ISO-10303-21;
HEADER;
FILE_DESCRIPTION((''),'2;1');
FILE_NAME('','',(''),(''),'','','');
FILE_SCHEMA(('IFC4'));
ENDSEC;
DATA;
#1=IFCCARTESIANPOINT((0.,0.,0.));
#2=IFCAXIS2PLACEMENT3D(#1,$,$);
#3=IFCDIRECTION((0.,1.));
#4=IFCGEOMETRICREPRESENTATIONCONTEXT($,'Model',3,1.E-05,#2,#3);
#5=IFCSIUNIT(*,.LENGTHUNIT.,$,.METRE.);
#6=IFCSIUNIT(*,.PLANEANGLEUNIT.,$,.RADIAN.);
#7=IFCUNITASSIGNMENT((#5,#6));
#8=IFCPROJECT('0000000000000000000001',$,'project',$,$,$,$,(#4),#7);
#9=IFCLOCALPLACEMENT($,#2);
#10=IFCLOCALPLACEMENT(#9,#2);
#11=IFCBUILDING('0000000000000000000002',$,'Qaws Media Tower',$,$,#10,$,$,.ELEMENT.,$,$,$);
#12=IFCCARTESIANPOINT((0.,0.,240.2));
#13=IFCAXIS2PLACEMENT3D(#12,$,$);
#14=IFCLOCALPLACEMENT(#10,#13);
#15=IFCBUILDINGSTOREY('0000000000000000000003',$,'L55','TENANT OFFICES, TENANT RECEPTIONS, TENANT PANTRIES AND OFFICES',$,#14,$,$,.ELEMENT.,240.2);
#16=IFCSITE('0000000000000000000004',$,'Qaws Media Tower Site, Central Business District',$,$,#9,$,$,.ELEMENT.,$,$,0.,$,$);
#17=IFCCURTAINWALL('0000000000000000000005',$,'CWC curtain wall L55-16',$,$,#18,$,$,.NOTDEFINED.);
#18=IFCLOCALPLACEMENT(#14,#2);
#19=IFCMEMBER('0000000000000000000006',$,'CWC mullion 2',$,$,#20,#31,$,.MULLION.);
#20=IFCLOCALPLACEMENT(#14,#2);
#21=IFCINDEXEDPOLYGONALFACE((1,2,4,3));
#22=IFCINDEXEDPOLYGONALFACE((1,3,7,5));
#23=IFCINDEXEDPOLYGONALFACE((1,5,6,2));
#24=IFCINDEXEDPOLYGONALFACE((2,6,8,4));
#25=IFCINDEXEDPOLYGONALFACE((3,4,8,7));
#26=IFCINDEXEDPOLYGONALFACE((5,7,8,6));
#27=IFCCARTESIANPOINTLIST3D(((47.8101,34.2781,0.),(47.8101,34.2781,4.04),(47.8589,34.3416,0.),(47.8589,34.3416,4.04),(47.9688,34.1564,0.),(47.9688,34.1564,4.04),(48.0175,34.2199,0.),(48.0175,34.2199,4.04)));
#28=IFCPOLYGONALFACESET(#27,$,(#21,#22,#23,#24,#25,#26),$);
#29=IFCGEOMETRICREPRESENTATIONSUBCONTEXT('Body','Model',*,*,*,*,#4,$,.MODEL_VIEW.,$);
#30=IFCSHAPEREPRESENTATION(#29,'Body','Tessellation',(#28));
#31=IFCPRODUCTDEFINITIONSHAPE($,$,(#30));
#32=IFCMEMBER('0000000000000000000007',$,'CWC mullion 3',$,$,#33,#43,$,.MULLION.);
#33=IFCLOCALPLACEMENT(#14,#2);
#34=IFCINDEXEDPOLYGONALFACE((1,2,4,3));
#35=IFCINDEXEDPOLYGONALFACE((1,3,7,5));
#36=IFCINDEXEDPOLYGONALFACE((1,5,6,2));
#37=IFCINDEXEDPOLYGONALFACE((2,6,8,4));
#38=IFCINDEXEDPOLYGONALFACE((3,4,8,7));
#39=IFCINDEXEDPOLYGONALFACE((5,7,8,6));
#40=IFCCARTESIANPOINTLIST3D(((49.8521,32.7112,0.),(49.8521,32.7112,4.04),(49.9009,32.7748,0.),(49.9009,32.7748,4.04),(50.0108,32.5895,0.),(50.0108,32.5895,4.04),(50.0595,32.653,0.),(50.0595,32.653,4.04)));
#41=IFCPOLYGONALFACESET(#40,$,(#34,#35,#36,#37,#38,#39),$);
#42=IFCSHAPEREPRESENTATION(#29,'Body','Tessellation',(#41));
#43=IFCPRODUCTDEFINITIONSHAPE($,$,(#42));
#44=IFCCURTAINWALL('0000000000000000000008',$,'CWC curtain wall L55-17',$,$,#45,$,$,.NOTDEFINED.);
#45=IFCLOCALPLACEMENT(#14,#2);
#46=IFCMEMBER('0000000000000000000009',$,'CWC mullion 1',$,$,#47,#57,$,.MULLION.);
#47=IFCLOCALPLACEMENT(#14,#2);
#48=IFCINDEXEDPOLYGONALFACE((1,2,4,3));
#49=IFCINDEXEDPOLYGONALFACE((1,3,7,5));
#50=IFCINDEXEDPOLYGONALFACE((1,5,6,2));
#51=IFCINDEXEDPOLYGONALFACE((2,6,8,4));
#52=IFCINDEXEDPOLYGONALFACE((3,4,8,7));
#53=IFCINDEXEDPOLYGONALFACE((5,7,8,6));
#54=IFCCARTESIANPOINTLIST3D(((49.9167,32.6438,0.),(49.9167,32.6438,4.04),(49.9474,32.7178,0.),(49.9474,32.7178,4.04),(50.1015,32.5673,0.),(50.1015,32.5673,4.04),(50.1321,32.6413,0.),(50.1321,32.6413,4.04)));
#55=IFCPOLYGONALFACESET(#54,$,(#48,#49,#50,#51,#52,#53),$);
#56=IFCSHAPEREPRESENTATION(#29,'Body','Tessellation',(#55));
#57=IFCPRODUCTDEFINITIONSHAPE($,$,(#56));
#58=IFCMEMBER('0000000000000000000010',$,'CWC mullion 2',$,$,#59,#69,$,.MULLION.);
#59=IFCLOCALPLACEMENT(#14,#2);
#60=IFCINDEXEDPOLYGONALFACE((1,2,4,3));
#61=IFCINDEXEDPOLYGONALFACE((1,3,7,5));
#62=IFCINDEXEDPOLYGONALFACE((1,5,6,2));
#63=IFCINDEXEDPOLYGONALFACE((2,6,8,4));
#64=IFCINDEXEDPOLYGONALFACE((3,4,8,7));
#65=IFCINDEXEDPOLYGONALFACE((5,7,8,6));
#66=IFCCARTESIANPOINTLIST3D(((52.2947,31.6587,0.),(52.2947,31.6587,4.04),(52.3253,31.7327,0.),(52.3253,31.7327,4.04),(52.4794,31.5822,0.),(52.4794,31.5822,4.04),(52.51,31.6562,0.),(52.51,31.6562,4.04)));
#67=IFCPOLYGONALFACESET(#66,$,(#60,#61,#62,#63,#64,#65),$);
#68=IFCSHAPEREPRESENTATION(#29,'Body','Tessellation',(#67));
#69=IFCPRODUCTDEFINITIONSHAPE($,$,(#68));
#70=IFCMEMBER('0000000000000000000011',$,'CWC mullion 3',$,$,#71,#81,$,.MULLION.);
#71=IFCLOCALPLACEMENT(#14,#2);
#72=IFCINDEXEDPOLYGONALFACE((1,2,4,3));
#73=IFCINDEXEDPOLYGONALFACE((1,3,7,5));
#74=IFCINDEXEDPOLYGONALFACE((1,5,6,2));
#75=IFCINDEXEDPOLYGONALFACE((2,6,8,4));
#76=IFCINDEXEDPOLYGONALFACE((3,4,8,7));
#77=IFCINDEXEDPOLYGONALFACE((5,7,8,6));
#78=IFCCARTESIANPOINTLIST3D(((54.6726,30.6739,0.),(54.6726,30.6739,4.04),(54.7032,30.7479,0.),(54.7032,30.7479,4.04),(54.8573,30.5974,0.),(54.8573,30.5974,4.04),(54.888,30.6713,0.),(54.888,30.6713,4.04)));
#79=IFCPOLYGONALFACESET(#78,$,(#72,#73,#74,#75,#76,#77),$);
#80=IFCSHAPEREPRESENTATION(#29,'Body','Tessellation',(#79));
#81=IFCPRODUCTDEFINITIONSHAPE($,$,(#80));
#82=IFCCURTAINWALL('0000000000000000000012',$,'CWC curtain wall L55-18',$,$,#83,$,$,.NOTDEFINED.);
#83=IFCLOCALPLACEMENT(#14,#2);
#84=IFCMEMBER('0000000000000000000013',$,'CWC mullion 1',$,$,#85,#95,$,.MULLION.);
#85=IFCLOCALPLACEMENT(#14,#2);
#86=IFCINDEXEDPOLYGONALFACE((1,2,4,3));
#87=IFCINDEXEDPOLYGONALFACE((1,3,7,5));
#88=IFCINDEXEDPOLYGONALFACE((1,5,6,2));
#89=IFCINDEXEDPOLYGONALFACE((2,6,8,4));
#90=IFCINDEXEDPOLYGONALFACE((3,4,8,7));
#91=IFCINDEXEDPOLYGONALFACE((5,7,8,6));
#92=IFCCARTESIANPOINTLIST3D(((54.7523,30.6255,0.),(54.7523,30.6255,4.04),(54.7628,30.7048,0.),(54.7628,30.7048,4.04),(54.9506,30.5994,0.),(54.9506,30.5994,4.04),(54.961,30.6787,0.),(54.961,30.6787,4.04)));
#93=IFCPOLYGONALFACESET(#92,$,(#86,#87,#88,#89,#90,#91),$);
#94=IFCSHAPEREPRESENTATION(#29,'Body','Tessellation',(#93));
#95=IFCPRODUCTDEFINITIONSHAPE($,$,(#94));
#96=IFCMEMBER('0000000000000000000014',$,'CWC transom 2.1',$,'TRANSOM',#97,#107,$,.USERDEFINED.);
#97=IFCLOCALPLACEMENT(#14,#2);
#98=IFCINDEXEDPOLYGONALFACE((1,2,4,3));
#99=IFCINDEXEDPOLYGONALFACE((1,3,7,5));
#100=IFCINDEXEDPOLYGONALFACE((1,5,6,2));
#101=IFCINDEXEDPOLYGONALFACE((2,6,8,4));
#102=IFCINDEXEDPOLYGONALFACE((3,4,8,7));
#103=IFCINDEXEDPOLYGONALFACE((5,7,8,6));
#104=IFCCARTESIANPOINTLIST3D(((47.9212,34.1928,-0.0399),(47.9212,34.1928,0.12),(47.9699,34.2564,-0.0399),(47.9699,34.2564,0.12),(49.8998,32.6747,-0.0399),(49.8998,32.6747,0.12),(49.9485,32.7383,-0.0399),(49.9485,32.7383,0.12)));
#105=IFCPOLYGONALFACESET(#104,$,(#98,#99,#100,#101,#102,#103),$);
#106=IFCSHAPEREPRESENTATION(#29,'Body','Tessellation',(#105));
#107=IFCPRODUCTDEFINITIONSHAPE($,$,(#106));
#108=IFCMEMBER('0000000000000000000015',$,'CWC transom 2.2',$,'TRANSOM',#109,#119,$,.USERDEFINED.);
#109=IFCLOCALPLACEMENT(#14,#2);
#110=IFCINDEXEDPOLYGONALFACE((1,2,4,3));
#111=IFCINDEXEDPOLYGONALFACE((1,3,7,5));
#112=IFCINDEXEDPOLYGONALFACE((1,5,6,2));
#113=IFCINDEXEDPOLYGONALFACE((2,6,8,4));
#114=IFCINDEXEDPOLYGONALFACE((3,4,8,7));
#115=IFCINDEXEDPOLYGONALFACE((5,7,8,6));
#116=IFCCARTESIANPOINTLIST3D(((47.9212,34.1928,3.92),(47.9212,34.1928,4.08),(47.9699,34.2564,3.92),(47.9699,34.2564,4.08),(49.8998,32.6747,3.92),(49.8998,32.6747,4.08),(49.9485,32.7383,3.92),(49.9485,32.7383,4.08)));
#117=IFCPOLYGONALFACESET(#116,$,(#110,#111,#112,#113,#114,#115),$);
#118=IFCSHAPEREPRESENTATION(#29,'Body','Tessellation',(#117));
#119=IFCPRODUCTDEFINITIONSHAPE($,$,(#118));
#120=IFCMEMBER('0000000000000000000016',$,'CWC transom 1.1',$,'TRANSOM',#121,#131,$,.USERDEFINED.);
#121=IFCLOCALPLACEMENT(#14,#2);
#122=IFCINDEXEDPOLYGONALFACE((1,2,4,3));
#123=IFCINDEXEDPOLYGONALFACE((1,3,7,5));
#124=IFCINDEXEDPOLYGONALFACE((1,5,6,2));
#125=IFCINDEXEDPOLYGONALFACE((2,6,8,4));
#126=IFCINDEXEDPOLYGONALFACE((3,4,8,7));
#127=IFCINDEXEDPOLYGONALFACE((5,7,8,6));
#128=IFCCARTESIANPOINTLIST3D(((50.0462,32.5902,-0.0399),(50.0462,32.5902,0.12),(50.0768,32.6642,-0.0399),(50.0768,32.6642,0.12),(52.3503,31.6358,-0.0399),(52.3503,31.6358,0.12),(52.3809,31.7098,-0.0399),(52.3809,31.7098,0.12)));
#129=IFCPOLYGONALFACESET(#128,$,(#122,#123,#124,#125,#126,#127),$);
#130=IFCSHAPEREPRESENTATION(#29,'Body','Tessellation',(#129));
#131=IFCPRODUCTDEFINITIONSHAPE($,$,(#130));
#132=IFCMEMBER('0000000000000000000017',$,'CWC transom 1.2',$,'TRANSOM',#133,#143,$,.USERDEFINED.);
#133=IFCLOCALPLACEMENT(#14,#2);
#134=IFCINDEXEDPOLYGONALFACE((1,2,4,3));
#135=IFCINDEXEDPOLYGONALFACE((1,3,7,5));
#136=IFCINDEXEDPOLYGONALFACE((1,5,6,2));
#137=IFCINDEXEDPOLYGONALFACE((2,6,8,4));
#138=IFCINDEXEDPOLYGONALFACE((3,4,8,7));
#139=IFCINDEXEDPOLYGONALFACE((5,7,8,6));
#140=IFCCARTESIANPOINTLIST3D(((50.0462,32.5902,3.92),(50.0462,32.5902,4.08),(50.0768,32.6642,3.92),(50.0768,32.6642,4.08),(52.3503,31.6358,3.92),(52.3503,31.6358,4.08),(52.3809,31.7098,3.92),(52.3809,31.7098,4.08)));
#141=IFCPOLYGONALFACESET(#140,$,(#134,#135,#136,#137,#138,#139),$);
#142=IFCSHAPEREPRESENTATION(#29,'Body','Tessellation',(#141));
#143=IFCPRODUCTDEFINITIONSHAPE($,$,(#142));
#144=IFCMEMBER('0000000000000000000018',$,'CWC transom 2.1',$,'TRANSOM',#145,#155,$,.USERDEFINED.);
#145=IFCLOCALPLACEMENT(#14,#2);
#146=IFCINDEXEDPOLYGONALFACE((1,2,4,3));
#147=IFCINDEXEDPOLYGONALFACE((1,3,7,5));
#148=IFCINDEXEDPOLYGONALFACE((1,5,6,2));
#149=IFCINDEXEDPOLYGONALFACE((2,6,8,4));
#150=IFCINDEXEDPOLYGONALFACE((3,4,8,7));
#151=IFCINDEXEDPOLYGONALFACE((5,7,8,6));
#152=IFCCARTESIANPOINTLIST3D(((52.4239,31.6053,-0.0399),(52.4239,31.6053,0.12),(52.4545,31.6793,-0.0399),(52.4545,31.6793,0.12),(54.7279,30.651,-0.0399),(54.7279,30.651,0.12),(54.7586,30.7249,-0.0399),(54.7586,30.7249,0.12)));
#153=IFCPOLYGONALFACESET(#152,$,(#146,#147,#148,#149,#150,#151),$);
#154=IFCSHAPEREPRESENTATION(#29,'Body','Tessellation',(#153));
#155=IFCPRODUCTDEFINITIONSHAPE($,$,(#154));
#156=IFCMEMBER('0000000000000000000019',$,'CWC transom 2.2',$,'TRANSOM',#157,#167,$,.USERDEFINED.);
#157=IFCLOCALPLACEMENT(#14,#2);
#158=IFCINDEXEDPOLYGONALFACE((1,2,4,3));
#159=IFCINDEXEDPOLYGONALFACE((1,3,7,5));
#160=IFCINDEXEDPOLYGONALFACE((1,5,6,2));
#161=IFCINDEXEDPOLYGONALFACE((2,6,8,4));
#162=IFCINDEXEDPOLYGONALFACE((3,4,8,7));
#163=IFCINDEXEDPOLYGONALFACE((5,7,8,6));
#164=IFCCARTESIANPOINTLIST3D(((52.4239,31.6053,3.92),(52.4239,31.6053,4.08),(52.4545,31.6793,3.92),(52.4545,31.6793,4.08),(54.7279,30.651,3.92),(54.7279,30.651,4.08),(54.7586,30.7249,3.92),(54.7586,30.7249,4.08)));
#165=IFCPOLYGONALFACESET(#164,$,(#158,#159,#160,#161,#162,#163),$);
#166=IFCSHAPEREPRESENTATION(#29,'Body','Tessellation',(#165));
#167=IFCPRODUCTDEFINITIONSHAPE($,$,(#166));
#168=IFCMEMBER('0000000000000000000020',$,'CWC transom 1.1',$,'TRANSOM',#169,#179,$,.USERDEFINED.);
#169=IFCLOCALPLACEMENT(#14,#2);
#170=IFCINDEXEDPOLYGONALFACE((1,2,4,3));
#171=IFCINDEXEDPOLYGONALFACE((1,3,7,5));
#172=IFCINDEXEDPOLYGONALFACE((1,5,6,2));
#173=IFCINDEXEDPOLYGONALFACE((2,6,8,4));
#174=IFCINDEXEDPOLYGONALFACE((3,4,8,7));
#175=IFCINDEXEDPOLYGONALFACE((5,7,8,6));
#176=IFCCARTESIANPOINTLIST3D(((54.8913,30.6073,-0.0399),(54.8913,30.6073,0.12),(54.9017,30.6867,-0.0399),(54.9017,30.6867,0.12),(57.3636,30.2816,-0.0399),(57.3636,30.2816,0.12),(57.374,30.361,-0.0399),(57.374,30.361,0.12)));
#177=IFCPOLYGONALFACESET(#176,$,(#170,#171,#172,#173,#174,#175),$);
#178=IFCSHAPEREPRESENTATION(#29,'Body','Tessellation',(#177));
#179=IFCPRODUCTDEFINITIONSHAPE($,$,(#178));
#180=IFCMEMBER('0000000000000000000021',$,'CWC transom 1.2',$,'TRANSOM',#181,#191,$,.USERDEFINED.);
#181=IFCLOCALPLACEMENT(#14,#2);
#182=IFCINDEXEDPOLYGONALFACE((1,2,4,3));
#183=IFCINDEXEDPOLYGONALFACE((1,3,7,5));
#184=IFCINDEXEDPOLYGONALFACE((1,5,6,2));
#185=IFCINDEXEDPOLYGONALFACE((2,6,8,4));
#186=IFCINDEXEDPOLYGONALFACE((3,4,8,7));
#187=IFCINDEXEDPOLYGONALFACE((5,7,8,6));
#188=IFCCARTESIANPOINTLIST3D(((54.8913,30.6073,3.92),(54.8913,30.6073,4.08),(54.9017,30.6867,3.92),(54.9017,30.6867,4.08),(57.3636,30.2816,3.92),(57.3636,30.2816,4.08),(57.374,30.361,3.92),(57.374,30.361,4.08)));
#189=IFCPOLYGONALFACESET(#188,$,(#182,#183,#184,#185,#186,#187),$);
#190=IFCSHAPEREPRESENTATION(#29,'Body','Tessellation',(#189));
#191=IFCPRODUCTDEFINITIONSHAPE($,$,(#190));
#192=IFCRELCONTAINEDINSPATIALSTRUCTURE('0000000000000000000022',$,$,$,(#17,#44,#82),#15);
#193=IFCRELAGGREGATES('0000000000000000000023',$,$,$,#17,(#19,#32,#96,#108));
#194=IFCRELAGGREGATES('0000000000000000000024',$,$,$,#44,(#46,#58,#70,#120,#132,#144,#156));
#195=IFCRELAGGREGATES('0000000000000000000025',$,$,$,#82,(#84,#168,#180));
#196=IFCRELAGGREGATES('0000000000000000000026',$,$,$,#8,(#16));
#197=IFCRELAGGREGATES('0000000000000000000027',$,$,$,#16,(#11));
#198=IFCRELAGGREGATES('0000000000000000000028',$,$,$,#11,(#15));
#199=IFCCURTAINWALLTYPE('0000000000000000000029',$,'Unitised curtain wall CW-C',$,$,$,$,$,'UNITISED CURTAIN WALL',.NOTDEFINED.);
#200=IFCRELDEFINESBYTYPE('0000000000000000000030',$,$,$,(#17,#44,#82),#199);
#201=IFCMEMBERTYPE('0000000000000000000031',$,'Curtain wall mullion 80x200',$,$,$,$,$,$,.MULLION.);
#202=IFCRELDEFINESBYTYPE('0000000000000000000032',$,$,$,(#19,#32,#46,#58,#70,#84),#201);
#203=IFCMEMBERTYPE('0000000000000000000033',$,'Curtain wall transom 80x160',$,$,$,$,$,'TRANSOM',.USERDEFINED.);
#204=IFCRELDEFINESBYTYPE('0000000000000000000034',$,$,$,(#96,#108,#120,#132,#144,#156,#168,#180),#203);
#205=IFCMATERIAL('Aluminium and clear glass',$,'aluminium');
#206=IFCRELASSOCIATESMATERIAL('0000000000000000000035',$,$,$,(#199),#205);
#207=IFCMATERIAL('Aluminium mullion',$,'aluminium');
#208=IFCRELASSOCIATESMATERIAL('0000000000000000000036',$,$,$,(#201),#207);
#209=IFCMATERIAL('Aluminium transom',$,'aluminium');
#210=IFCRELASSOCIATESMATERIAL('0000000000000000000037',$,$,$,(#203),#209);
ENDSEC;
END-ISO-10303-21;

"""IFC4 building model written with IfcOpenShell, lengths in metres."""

from ifc_helpers import new_model, si_unit, direction, frame, origin, origin_2d, place, context, subcontext, project, spatial, rectangle, extrude, material, material_profile, profile_set, type_object, element, aggregate, save


model = new_model("IFC4")

# Units and contexts
model_context = context("Model", 3, precision=1e-05, world=origin(), true_north=direction((0.0, 1.0)))
body_context = subcontext(model_context, "Body", "Model", "MODEL_VIEW")
ifc_project = project(units=[si_unit("LENGTHUNIT", "METRE"), si_unit("PLANEANGLEUNIT", "RADIAN")], contexts=[model_context])

# Site, building, storey
site_placement = place(None, origin())
site = spatial("IfcSite", under=ifc_project, at=site_placement, Name="Qaws Media Tower Site, Central Business District", CompositionType="ELEMENT", RefElevation=0.0)
building_placement = place(site_placement, origin())
building = spatial("IfcBuilding", under=site, at=building_placement, Name="Qaws Media Tower", CompositionType="ELEMENT")
storey_placement = place(building_placement, frame((0.0, 0.0, 240.2)))
storey = spatial("IfcBuildingStorey", under=building, at=storey_placement, Name="L55", Description="TENANT OFFICES, TENANT RECEPTIONS, TENANT PANTRIES AND OFFICES", CompositionType="ELEMENT", Elevation=240.2)

# Curtain walls, members
ifc_material_1 = material(Name="Aluminium and clear glass", Category="aluminium")
curtain_wall_type = type_object("IfcCurtainWallType", Name="Unitised curtain wall CW-C", ElementType="UNITISED CURTAIN WALL", PredefinedType="NOTDEFINED", material=ifc_material_1)
curtain_wall_1_placement = place(storey_placement, origin())
curtain_wall_1 = element("IfcCurtainWall", 1, at=curtain_wall_1_placement, inside=storey, type_object=curtain_wall_type, Name="CWC curtain wall L55-16", PredefinedType="NOTDEFINED")
ifc_material_2 = material(Name="Aluminium mullion", Category="aluminium")
ifc_material_profile_1 = material_profile(ifc_material_2, rectangle(XDim=0.0801, YDim=0.2, at=origin_2d()), Name="80x200")
ifc_profile_set_1 = profile_set([ifc_material_profile_1], Name="Aluminium mullion")
member_type_1 = type_object("IfcMemberType", Name="Curtain wall mullion 80x200", PredefinedType="MULLION", material=ifc_profile_set_1)
member_1_placement = place(storey_placement, frame((47.9138, 34.249, 0.0), z_axis=(0.0, 0.0, 1.0), x_axis=(0.608762, 0.793353, 0.0)))
member_1 = element("IfcMember", 2, at=member_1_placement, type_object=member_type_1, Name="CWC mullion 2", PredefinedType="MULLION", context=body_context, shape_type="SweptSolid", body=[
    extrude(rectangle(XDim=0.0801, YDim=0.2, at=origin_2d()), origin(), (0.0, 0.0, 1.0), 4.04),
])
member_2_placement = place(storey_placement, frame((49.9558, 32.6821, 0.0), z_axis=(0.0, 0.0, 1.0), x_axis=(0.608762, 0.793353, 0.0)))
member_2 = element("IfcMember", 3, at=member_2_placement, type_object=member_type_1, Name="CWC mullion 3", PredefinedType="MULLION", context=body_context, shape_type="SweptSolid", body=[
    extrude(rectangle(XDim=0.0801, YDim=0.2, at=origin_2d()), origin(), (0.0, 0.0, 1.0), 4.04),
])
curtain_wall_2_placement = place(storey_placement, origin())
curtain_wall_2 = element("IfcCurtainWall", 4, at=curtain_wall_2_placement, inside=storey, type_object=curtain_wall_type, Name="CWC curtain wall L55-17", PredefinedType="NOTDEFINED")
member_3_placement = place(storey_placement, frame((50.0244, 32.6426, 0.0), z_axis=(0.0, 0.0, 1.0), x_axis=(0.382683, 0.92388, 0.0)))
member_3 = element("IfcMember", 5, at=member_3_placement, type_object=member_type_1, Name="CWC mullion 1", PredefinedType="MULLION", context=body_context, shape_type="SweptSolid", body=[
    extrude(rectangle(XDim=0.0801, YDim=0.2, at=origin_2d()), origin(), (0.0, 0.0, 1.0), 4.04),
])
member_4_placement = place(storey_placement, frame((52.4023, 31.6575, 0.0), z_axis=(0.0, 0.0, 1.0), x_axis=(0.382683, 0.92388, 0.0)))
member_4 = element("IfcMember", 6, at=member_4_placement, type_object=member_type_1, Name="CWC mullion 2", PredefinedType="MULLION", context=body_context, shape_type="SweptSolid", body=[
    extrude(rectangle(XDim=0.0801, YDim=0.2, at=origin_2d()), origin(), (0.0, 0.0, 1.0), 4.04),
])
member_5_placement = place(storey_placement, frame((54.7803, 30.6726, 0.0), z_axis=(0.0, 0.0, 1.0), x_axis=(0.382683, 0.92388, 0.0)))
member_5 = element("IfcMember", 7, at=member_5_placement, type_object=member_type_1, Name="CWC mullion 3", PredefinedType="MULLION", context=body_context, shape_type="SweptSolid", body=[
    extrude(rectangle(XDim=0.0801, YDim=0.2, at=origin_2d()), origin(), (0.0, 0.0, 1.0), 4.04),
])

# Curtain wall, member
curtain_wall_3_placement = place(storey_placement, origin())
curtain_wall_3 = element("IfcCurtainWall", 8, at=curtain_wall_3_placement, inside=storey, type_object=curtain_wall_type, Name="CWC curtain wall L55-18", PredefinedType="NOTDEFINED")
member_6_placement = place(storey_placement, frame((54.8567, 30.6521, 0.0), z_axis=(0.0, 0.0, 1.0), x_axis=(0.130526, 0.991445, 0.0)))
member_6 = element("IfcMember", 9, at=member_6_placement, type_object=member_type_1, Name="CWC mullion 1", PredefinedType="MULLION", context=body_context, shape_type="SweptSolid", body=[
    extrude(rectangle(XDim=0.0801, YDim=0.2, at=origin_2d()), origin(), (0.0, 0.0, 1.0), 4.04),
])

# Members
ifc_material_3 = material(Name="Aluminium transom", Category="aluminium")
ifc_material_profile_2 = material_profile(ifc_material_3, rectangle(XDim=0.0801, YDim=0.1599, at=origin_2d()), Name="80x160")
ifc_profile_set_2 = profile_set([ifc_material_profile_2], Name="Aluminium transom")
member_type_2 = type_object("IfcMemberType", Name="Curtain wall transom 80x160", ElementType="TRANSOM", PredefinedType="USERDEFINED", material=ifc_profile_set_2)
member_7_placement = place(storey_placement, frame((47.9456, 34.2246, 0.04), z_axis=(0.793373, -0.608736, 0.0), x_axis=(0.608736, 0.793373, 0.0)))
member_7 = element("IfcMember", 10, at=member_7_placement, type_object=member_type_2, Name="CWC transom 2.1", ObjectType="TRANSOM", PredefinedType="USERDEFINED", context=body_context, shape_type="SweptSolid", body=[
    extrude(rectangle(XDim=0.0801, YDim=0.1599, at=origin_2d()), origin(), (0.0, 0.0, 1.0), 2.4939),
])
member_8_placement = place(storey_placement, frame((47.9456, 34.2246, 4.0), z_axis=(0.793373, -0.608736, 0.0), x_axis=(0.608736, 0.793373, 0.0)))
member_8 = element("IfcMember", 11, at=member_8_placement, type_object=member_type_2, Name="CWC transom 2.2", ObjectType="TRANSOM", PredefinedType="USERDEFINED", context=body_context, shape_type="SweptSolid", body=[
    extrude(rectangle(XDim=0.0801, YDim=0.1599, at=origin_2d()), origin(), (0.0, 0.0, 1.0), 2.4939),
])
member_9_placement = place(storey_placement, frame((50.0615, 32.6272, 0.04), z_axis=(0.923877, -0.382689, 0.0), x_axis=(0.382689, 0.923877, 0.0)))
member_9 = element("IfcMember", 12, at=member_9_placement, type_object=member_type_2, Name="CWC transom 1.1", ObjectType="TRANSOM", PredefinedType="USERDEFINED", context=body_context, shape_type="SweptSolid", body=[
    extrude(rectangle(XDim=0.0801, YDim=0.1599, at=origin_2d()), origin(), (0.0, 0.0, 1.0), 2.4939),
])
member_10_placement = place(storey_placement, frame((50.0615, 32.6272, 4.0), z_axis=(0.923877, -0.382689, 0.0), x_axis=(0.382689, 0.923877, 0.0)))
member_10 = element("IfcMember", 13, at=member_10_placement, type_object=member_type_2, Name="CWC transom 1.2", ObjectType="TRANSOM", PredefinedType="USERDEFINED", context=body_context, shape_type="SweptSolid", body=[
    extrude(rectangle(XDim=0.0801, YDim=0.1599, at=origin_2d()), origin(), (0.0, 0.0, 1.0), 2.4939),
])
member_11_placement = place(storey_placement, frame((52.4392, 31.6423, 0.04), z_axis=(0.923877, -0.382689, 0.0), x_axis=(0.382689, 0.923877, 0.0)))
member_11 = element("IfcMember", 14, at=member_11_placement, type_object=member_type_2, Name="CWC transom 2.1", ObjectType="TRANSOM", PredefinedType="USERDEFINED", context=body_context, shape_type="SweptSolid", body=[
    extrude(rectangle(XDim=0.0801, YDim=0.1599, at=origin_2d()), origin(), (0.0, 0.0, 1.0), 2.4939),
])
member_12_placement = place(storey_placement, frame((52.4392, 31.6423, 4.0), z_axis=(0.923877, -0.382689, 0.0), x_axis=(0.382689, 0.923877, 0.0)))
member_12 = element("IfcMember", 15, at=member_12_placement, type_object=member_type_2, Name="CWC transom 2.2", ObjectType="TRANSOM", PredefinedType="USERDEFINED", context=body_context, shape_type="SweptSolid", body=[
    extrude(rectangle(XDim=0.0801, YDim=0.1599, at=origin_2d()), origin(), (0.0, 0.0, 1.0), 2.4939),
])
member_13_placement = place(storey_placement, frame((54.8965, 30.647, 0.04), z_axis=(0.991435, -0.130599, 0.0), x_axis=(0.130599, 0.991435, 0.0)))
member_13 = element("IfcMember", 16, at=member_13_placement, type_object=member_type_2, Name="CWC transom 1.1", ObjectType="TRANSOM", PredefinedType="USERDEFINED", context=body_context, shape_type="SweptSolid", body=[
    extrude(rectangle(XDim=0.0801, YDim=0.1599, at=origin_2d()), origin(), (0.0, 0.0, 1.0), 2.4937),
])
member_14_placement = place(storey_placement, frame((54.8965, 30.647, 4.0), z_axis=(0.991435, -0.130599, 0.0), x_axis=(0.130599, 0.991435, 0.0)))
member_14 = element("IfcMember", 17, at=member_14_placement, type_object=member_type_2, Name="CWC transom 1.2", ObjectType="TRANSOM", PredefinedType="USERDEFINED", context=body_context, shape_type="SweptSolid", body=[
    extrude(rectangle(XDim=0.0801, YDim=0.1599, at=origin_2d()), origin(), (0.0, 0.0, 1.0), 2.4937),
])

aggregate(curtain_wall_1, [member_1, member_2, member_7, member_8])
aggregate(curtain_wall_2, [member_3, member_4, member_5, member_9, member_10, member_11, member_12])
aggregate(curtain_wall_3, [member_6, member_13, member_14])

save(model, "model.ifc")
